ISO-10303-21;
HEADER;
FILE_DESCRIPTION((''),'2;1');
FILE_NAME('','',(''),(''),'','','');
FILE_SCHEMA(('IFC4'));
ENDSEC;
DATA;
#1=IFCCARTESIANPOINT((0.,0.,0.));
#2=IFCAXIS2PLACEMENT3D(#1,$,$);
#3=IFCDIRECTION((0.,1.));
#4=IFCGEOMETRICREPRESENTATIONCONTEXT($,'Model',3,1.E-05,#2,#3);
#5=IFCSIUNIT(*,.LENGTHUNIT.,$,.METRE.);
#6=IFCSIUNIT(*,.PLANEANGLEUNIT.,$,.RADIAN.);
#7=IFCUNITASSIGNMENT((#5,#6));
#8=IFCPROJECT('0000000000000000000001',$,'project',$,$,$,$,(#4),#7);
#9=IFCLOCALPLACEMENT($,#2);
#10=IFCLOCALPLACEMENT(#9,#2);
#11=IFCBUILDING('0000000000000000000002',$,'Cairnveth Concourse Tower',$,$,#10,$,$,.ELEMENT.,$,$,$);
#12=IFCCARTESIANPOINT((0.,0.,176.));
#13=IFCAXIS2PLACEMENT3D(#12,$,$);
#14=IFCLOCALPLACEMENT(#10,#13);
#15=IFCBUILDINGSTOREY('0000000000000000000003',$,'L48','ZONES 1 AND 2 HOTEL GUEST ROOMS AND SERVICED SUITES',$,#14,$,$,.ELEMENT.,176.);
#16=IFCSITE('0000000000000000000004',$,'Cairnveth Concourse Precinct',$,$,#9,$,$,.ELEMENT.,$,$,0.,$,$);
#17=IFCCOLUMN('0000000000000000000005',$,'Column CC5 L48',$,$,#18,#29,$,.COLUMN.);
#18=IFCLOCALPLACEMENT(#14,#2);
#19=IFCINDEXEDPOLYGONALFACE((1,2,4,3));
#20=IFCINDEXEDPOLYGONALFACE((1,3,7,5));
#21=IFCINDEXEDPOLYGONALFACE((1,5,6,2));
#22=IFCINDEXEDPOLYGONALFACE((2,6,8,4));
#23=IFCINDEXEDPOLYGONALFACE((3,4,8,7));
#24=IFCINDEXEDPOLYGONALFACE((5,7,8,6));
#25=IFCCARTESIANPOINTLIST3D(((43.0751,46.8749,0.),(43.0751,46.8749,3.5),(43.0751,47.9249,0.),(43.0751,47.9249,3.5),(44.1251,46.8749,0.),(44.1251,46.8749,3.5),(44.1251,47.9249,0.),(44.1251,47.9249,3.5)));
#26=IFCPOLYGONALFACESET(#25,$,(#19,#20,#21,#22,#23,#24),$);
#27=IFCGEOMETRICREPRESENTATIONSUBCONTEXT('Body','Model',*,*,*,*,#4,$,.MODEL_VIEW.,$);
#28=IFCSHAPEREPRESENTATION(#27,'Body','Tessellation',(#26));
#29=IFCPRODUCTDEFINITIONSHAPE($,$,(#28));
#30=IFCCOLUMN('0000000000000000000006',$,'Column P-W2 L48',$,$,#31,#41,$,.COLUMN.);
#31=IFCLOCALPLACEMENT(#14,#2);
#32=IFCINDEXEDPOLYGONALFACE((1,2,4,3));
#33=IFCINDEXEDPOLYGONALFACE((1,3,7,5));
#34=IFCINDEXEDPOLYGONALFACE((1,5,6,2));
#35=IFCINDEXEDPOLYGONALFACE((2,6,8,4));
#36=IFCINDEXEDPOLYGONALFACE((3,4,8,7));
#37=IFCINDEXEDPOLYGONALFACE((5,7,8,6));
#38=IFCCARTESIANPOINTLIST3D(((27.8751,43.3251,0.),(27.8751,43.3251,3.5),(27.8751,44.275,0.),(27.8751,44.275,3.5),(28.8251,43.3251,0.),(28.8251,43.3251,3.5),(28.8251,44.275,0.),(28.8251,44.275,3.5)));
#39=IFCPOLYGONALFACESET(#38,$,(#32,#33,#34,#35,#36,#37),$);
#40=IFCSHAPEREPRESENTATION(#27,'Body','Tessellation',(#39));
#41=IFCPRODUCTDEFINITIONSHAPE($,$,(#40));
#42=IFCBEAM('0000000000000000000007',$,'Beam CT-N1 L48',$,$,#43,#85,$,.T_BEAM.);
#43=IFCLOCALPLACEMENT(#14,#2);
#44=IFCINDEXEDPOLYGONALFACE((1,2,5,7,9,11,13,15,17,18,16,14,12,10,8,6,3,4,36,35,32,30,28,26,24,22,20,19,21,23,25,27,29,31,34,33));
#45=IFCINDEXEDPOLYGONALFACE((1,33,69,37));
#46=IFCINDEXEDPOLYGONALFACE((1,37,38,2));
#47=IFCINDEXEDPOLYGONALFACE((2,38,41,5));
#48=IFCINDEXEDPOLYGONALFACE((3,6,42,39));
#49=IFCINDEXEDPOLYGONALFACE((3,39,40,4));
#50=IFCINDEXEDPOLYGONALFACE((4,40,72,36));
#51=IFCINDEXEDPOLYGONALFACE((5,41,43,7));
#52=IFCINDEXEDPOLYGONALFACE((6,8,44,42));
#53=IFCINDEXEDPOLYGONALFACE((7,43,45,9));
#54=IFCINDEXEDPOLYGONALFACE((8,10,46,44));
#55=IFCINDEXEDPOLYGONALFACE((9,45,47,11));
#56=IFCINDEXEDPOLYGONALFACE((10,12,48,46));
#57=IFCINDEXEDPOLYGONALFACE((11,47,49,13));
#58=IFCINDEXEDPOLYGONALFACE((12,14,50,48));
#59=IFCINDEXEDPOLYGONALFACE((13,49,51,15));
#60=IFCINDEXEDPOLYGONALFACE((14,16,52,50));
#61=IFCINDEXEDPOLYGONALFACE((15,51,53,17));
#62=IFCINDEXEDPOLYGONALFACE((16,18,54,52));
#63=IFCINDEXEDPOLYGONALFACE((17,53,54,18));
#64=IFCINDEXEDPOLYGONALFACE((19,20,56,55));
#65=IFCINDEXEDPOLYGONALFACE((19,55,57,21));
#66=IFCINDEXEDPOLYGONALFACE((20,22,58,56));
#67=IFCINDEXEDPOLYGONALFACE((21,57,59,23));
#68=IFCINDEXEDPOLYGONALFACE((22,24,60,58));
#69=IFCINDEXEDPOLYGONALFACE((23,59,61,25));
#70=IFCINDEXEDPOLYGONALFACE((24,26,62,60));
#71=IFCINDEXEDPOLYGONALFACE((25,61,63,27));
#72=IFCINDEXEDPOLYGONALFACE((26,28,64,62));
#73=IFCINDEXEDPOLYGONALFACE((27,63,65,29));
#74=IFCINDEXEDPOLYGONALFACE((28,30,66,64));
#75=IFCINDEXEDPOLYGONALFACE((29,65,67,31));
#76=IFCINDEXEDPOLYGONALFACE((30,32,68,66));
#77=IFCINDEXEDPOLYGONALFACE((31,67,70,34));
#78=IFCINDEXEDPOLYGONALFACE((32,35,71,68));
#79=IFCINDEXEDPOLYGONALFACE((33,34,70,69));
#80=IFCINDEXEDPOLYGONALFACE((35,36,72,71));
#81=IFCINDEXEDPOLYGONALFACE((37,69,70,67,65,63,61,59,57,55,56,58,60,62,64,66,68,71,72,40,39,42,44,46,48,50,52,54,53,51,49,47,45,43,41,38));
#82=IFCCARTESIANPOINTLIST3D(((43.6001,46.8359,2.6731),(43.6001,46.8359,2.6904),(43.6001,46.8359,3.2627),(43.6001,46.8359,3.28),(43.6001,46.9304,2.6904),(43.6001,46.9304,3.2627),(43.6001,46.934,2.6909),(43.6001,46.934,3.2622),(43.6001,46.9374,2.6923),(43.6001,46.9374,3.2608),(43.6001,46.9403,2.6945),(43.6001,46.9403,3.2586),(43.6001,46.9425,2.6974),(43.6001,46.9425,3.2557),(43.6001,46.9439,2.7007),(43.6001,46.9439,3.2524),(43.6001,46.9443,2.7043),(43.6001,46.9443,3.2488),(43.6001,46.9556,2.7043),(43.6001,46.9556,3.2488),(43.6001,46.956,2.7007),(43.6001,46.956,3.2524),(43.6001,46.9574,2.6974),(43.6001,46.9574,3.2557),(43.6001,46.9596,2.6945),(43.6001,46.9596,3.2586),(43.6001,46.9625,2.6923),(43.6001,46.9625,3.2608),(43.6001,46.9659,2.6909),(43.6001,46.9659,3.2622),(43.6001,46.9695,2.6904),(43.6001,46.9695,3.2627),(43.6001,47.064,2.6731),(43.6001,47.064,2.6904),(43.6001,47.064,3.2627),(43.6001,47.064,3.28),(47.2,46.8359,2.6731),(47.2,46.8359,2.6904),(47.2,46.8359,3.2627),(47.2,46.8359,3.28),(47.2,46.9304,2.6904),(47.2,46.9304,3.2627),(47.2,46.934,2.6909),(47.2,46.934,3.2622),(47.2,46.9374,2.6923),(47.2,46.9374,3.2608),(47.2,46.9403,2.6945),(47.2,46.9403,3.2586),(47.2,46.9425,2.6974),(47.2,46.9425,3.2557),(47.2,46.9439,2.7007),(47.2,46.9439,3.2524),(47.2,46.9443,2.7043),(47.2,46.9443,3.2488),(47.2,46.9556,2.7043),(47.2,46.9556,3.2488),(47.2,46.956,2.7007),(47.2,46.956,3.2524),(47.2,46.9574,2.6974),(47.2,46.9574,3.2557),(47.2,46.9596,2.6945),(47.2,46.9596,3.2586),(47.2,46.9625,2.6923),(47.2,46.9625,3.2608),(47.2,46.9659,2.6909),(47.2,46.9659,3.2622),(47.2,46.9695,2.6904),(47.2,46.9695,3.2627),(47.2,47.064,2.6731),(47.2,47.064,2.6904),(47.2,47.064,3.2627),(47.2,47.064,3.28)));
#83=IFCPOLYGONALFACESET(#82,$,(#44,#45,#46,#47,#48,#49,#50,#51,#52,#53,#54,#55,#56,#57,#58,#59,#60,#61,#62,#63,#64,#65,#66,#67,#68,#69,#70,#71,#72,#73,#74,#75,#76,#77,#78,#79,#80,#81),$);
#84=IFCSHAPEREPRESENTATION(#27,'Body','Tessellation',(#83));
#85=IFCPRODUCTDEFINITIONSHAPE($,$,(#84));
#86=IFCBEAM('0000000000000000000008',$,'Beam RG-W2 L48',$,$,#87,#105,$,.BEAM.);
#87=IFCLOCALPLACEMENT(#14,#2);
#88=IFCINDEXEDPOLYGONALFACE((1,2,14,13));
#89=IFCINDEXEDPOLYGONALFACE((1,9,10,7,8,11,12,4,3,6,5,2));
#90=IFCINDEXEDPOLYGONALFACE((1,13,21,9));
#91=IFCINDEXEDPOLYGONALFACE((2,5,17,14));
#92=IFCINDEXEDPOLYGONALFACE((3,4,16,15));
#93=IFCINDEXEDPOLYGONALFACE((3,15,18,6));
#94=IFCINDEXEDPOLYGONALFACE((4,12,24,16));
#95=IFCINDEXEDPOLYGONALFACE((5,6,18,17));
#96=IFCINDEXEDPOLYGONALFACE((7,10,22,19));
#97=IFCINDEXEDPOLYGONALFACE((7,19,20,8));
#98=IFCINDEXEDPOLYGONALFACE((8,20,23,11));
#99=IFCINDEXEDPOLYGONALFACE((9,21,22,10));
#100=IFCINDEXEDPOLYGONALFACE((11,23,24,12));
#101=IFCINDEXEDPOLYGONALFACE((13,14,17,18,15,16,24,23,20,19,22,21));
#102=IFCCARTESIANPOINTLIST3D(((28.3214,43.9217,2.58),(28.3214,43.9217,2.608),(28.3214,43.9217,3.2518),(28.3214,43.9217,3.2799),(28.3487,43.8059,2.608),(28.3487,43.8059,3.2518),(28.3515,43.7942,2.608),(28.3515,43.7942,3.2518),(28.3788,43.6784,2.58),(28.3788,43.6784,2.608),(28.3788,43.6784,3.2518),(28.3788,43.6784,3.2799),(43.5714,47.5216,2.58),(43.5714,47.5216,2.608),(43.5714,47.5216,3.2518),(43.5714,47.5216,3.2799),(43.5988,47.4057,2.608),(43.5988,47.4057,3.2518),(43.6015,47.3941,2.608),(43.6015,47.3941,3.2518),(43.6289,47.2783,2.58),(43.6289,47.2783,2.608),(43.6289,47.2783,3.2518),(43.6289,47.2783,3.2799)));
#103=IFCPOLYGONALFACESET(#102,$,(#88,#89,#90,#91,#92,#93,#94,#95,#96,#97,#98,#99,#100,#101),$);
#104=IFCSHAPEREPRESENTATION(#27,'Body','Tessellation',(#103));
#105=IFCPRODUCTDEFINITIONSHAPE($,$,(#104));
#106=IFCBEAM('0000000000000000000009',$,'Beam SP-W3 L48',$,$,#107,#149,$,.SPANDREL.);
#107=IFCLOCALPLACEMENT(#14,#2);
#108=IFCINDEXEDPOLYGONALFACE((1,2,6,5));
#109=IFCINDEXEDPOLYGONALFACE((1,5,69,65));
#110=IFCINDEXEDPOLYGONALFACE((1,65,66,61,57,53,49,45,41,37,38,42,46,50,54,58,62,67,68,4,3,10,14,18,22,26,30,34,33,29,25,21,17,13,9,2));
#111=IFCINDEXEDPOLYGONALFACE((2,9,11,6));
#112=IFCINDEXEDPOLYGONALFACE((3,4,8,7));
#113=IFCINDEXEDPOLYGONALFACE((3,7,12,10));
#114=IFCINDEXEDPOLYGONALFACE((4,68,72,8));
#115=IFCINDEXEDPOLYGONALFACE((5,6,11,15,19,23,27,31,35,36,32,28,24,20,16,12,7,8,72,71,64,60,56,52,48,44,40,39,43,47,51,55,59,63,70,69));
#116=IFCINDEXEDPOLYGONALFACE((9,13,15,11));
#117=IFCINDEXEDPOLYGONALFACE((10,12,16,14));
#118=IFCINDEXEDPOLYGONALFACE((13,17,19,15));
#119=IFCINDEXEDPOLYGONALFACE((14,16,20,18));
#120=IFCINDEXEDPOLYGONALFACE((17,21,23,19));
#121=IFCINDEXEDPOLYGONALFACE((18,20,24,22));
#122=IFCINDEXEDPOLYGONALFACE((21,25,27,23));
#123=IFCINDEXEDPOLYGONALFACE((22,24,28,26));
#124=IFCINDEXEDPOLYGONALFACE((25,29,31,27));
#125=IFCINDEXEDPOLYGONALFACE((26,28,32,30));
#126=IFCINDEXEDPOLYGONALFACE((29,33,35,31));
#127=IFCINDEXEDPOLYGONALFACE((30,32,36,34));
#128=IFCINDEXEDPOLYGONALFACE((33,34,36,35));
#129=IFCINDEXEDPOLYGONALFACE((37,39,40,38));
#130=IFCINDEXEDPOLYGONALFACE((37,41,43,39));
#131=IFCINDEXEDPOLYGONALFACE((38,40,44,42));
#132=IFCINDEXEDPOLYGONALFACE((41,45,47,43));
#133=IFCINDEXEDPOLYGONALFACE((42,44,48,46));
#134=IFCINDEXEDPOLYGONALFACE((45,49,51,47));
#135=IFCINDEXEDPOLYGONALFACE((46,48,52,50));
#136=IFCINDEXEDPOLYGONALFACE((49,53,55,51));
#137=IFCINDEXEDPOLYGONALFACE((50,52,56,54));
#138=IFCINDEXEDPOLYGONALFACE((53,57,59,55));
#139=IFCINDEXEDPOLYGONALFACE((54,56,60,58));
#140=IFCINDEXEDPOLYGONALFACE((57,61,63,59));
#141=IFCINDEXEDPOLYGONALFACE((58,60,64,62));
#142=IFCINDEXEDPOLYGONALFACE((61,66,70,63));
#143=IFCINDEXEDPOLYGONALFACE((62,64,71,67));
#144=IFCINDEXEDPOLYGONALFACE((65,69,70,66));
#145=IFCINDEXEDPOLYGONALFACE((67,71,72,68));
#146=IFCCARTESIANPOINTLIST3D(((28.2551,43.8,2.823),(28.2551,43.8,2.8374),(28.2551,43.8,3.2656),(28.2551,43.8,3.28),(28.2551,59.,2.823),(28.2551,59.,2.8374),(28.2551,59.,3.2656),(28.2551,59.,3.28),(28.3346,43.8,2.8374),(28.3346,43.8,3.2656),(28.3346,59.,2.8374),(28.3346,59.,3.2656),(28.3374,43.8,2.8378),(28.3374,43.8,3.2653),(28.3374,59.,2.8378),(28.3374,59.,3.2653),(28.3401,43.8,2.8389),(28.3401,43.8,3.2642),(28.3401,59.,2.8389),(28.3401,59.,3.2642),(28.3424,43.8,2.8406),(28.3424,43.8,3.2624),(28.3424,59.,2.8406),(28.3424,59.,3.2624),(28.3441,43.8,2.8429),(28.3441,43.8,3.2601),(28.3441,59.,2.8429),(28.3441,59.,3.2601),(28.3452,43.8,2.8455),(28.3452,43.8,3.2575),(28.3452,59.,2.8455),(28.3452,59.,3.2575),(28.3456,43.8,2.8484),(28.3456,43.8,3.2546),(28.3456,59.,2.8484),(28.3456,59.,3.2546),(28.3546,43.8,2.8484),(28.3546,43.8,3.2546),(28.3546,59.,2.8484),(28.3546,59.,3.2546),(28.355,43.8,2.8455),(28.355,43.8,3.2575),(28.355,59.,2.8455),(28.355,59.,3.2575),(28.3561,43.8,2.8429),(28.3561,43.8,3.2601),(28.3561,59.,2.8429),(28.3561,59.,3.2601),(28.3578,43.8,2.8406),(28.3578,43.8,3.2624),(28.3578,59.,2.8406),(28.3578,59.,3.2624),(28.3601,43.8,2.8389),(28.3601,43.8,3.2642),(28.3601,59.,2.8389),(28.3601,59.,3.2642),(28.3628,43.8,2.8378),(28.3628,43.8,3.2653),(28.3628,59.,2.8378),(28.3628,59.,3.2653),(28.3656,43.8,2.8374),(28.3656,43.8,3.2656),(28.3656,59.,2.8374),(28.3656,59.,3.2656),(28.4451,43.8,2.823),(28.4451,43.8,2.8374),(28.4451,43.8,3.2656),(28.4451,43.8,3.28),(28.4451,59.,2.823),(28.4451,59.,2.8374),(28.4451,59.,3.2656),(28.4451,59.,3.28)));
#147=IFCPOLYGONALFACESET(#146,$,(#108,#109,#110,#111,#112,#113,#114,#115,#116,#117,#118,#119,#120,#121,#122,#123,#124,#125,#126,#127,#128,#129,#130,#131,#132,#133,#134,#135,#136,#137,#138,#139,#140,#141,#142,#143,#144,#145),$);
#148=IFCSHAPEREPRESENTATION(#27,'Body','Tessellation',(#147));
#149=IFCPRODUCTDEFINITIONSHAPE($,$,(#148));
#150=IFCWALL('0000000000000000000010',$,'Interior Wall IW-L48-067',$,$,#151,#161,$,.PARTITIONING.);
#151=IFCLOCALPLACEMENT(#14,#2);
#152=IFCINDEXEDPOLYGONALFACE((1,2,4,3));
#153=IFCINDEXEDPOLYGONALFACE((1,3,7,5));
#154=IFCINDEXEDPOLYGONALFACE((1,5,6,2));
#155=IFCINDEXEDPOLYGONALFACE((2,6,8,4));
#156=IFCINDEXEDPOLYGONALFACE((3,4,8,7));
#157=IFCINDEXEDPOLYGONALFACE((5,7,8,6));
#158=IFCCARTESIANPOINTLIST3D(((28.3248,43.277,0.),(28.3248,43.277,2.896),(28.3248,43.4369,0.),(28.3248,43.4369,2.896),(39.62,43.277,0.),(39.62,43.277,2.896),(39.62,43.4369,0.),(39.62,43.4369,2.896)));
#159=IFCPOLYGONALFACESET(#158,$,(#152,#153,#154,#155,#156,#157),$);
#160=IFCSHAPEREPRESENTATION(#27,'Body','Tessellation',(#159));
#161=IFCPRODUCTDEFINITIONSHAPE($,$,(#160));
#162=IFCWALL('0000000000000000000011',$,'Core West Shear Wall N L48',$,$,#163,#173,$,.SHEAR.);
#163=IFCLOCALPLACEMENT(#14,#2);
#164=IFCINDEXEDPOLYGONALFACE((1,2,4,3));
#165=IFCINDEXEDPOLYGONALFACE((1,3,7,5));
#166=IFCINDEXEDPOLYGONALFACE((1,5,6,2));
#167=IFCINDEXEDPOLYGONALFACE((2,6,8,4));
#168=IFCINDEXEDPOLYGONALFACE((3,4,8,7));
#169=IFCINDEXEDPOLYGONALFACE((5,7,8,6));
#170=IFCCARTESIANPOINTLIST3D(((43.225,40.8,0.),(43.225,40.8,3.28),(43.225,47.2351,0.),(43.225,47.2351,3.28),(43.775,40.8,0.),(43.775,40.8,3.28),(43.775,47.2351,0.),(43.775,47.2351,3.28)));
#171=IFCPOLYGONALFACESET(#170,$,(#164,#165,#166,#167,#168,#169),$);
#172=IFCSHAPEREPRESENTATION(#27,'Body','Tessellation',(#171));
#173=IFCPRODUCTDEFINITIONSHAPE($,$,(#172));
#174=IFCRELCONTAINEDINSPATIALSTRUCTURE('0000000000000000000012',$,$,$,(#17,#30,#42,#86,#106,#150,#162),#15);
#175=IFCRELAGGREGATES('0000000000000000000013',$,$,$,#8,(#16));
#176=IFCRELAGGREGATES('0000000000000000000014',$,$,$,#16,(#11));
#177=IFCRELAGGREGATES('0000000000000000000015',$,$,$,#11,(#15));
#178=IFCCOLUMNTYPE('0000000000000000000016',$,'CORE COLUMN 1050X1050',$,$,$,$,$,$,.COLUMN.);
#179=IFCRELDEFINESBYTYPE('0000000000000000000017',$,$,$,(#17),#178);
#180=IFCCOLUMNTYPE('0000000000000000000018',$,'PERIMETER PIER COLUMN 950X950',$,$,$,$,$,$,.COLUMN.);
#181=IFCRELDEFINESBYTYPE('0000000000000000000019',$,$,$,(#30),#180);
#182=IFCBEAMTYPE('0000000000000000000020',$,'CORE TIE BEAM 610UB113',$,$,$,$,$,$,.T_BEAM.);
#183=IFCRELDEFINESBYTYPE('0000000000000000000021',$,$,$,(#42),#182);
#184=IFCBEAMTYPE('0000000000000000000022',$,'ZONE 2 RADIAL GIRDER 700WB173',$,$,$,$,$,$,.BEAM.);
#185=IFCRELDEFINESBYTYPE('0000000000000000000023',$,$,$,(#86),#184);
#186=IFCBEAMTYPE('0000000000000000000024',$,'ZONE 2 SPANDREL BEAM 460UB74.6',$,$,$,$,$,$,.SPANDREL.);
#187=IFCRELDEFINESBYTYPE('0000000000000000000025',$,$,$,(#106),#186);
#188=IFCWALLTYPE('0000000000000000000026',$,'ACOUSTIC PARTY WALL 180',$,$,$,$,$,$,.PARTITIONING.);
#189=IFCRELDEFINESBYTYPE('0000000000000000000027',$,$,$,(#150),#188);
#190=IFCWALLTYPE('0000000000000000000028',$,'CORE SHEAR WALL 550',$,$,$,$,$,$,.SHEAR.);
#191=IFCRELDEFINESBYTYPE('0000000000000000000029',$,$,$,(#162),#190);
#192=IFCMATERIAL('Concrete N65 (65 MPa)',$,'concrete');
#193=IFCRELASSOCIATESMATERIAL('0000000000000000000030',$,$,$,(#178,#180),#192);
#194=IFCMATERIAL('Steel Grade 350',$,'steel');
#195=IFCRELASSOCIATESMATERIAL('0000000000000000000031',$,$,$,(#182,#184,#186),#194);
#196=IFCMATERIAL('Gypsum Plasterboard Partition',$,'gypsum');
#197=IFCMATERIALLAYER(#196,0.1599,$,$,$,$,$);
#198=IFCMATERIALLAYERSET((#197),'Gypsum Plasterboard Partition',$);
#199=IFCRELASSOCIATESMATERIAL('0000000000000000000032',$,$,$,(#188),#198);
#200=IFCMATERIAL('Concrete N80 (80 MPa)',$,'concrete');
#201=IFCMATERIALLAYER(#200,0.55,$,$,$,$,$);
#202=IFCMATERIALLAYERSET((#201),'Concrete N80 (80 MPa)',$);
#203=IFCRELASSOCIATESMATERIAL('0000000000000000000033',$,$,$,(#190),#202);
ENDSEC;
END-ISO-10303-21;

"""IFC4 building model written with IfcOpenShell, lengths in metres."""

from ifc_helpers import new_model, si_unit, direction, frame, frame_2d, origin, origin_2d, place, context, subcontext, project, spatial, rectangle, i_section, extrude, material, layer, layer_set, material_profile, profile_set, type_object, element, save


model = new_model("IFC4")

# Units and contexts
model_context = context("Model", 3, precision=1e-05, world=origin(), true_north=direction((0.0, 1.0)))
body_context = subcontext(model_context, "Body", "Model", "MODEL_VIEW")
ifc_project = project(units=[si_unit("LENGTHUNIT", "METRE"), si_unit("PLANEANGLEUNIT", "RADIAN")], contexts=[model_context])

# Site, building, storey
site_placement = place(None, origin())
site = spatial("IfcSite", under=ifc_project, at=site_placement, Name="Cairnveth Concourse Precinct", CompositionType="ELEMENT", RefElevation=0.0)
building_placement = place(site_placement, origin())
building = spatial("IfcBuilding", under=site, at=building_placement, Name="Cairnveth Concourse Tower", CompositionType="ELEMENT")
storey_placement = place(building_placement, frame((0.0, 0.0, 176.0)))
storey = spatial("IfcBuildingStorey", under=building, at=storey_placement, Name="L48", Description="ZONES 1 AND 2 HOTEL GUEST ROOMS AND SERVICED SUITES", CompositionType="ELEMENT", Elevation=176.0)

# Columns
ifc_material_1 = material(Name="Concrete N65 (65 MPa)", Category="concrete")
ifc_material_profile_1 = material_profile(ifc_material_1, rectangle(XDim=1.05, YDim=1.05, at=origin_2d()), Name="RC-COL-1050x1050")
ifc_profile_set_1 = profile_set([ifc_material_profile_1], Name="Concrete N65 (65 MPa)")
column_type_1 = type_object("IfcColumnType", Name="CORE COLUMN 1050X1050", PredefinedType="COLUMN", material=ifc_profile_set_1)
column_1_placement = place(storey_placement, frame((43.6001, 47.3999, 0.0), z_axis=(0.0, 0.0, 1.0), x_axis=(1.0, 0.0, 0.0)))
element("IfcColumn", 1, at=column_1_placement, inside=storey, type_object=column_type_1, Name="Column CC5 L48", PredefinedType="COLUMN", context=body_context, shape_type="SweptSolid", body=[
    extrude(rectangle(XDim=1.05, YDim=1.05, at=origin_2d()), origin(), (0.0, 0.0, 1.0), 3.5),
])
ifc_material_profile_2 = material_profile(ifc_material_1, rectangle(XDim=0.95, YDim=0.95, at=origin_2d()), Name="RC-COL-950x950")
ifc_profile_set_2 = profile_set([ifc_material_profile_2], Name="Concrete N65 (65 MPa)")
column_type_2 = type_object("IfcColumnType", Name="PERIMETER PIER COLUMN 950X950", PredefinedType="COLUMN", material=ifc_profile_set_2)
column_2_placement = place(storey_placement, frame((28.3501, 43.8, 0.0), z_axis=(0.0, 0.0, 1.0), x_axis=(0.0, 1.0, 0.0)))
element("IfcColumn", 2, at=column_2_placement, inside=storey, type_object=column_type_2, Name="Column P-W2 L48", PredefinedType="COLUMN", context=body_context, shape_type="SweptSolid", body=[
    extrude(rectangle(XDim=0.95, YDim=0.95, at=origin_2d()), origin(), (0.0, 0.0, 1.0), 3.5),
])

# Beams
ifc_material_2 = material(Name="Steel Grade 350", Category="steel")
ifc_material_profile_3 = material_profile(ifc_material_2, i_section(OverallWidth=0.228, OverallDepth=0.6069, WebThickness=0.0112, FlangeThickness=0.0173, FilletRadius=0.0139, at=origin_2d()), Name="610UB113")
ifc_profile_set_3 = profile_set([ifc_material_profile_3], Name="Steel Grade 350")
beam_type_1 = type_object("IfcBeamType", Name="CORE TIE BEAM 610UB113", PredefinedType="T_BEAM", material=ifc_profile_set_3)
beam_1_placement = place(storey_placement, frame((43.6001, 46.95, 2.9766), z_axis=(1.0, 0.0, 0.0), x_axis=(0.0, 1.0, 0.0)))
element("IfcBeam", 3, at=beam_1_placement, inside=storey, type_object=beam_type_1, Name="Beam CT-N1 L48", PredefinedType="T_BEAM", context=body_context, shape_type="SweptSolid", body=[
    extrude(i_section(OverallWidth=0.228, OverallDepth=0.6069, WebThickness=0.0112, FlangeThickness=0.0173, FilletRadius=0.0139, at=origin_2d()), origin(), (0.0, 0.0, 1.0), 3.5999),
])
ifc_material_profile_4 = material_profile(ifc_material_2, i_section(OverallWidth=0.25, OverallDepth=0.7, WebThickness=0.012, FlangeThickness=0.0281, at=origin_2d()), Name="700WB173")
ifc_profile_set_4 = profile_set([ifc_material_profile_4], Name="Steel Grade 350")
beam_type_2 = type_object("IfcBeamType", Name="ZONE 2 RADIAL GIRDER 700WB173", PredefinedType="BEAM", material=ifc_profile_set_4)
beam_2_placement = place(storey_placement, frame((28.3501, 43.8, 2.9299), z_axis=(0.973252, 0.229742, 0.0), x_axis=(-0.229742, 0.973252, 0.0)))
element("IfcBeam", 4, at=beam_2_placement, inside=storey, type_object=beam_type_2, Name="Beam RG-W2 L48", PredefinedType="BEAM", context=body_context, shape_type="SweptSolid", body=[
    extrude(i_section(OverallWidth=0.25, OverallDepth=0.7, WebThickness=0.012, FlangeThickness=0.0281, at=origin_2d()), origin(), (0.0, 0.0, 1.0), 15.6692),
])
ifc_material_profile_5 = material_profile(ifc_material_2, i_section(OverallWidth=0.1899, OverallDepth=0.457, WebThickness=0.009, FlangeThickness=0.0144, FilletRadius=0.011, at=origin_2d()), Name="460UB74.6")
ifc_profile_set_5 = profile_set([ifc_material_profile_5], Name="Steel Grade 350")
beam_type_3 = type_object("IfcBeamType", Name="ZONE 2 SPANDREL BEAM 460UB74.6", PredefinedType="SPANDREL", material=ifc_profile_set_5)
beam_3_placement = place(storey_placement, frame((28.3501, 43.8, 3.0515), z_axis=(0.0, 1.0, 0.0), x_axis=(-1.0, 0.0, 0.0)))
element("IfcBeam", 5, at=beam_3_placement, inside=storey, type_object=beam_type_3, Name="Beam SP-W3 L48", PredefinedType="SPANDREL", context=body_context, shape_type="SweptSolid", body=[
    extrude(i_section(OverallWidth=0.1899, OverallDepth=0.457, WebThickness=0.009, FlangeThickness=0.0144, FilletRadius=0.011, at=origin_2d()), origin(), (0.0, 0.0, 1.0), 15.2),
])

# Walls
ifc_material_3 = material(Name="Gypsum Plasterboard Partition", Category="gypsum")
ifc_layer_1 = layer(ifc_material_3, 0.1599)
ifc_layer_set_1 = layer_set([ifc_layer_1], Name="Gypsum Plasterboard Partition")
wall_type_1 = type_object("IfcWallType", Name="ACOUSTIC PARTY WALL 180", PredefinedType="PARTITIONING", material=ifc_layer_set_1)
wall_1_placement = place(storey_placement, frame((28.325, 43.3569, 0.0), z_axis=(0.0, 0.0, 1.0), x_axis=(1.0, 0.0, 0.0)))
element("IfcWall", 6, at=wall_1_placement, inside=storey, type_object=wall_type_1, Name="Interior Wall IW-L48-067", PredefinedType="PARTITIONING", context=body_context, shape_type="SweptSolid", body=[
    extrude(rectangle(XDim=11.2952, YDim=0.1599, at=frame_2d((5.6475, 0.0))), origin(), (0.0, 0.0, 1.0), 2.896),
])
ifc_material_4 = material(Name="Concrete N80 (80 MPa)", Category="concrete")
ifc_layer_2 = layer(ifc_material_4, 0.55)
ifc_layer_set_2 = layer_set([ifc_layer_2], Name="Concrete N80 (80 MPa)")
wall_type_2 = type_object("IfcWallType", Name="CORE SHEAR WALL 550", PredefinedType="SHEAR", material=ifc_layer_set_2)
wall_2_placement = place(storey_placement, frame((43.5, 40.8, 0.0), z_axis=(0.0, 0.0, 1.0), x_axis=(0.0, 1.0, 0.0)))
element("IfcWall", 7, at=wall_2_placement, inside=storey, type_object=wall_type_2, Name="Core West Shear Wall N L48", PredefinedType="SHEAR", context=body_context, shape_type="SweptSolid", body=[
    extrude(rectangle(XDim=6.4351, YDim=0.55, at=frame_2d((3.2175, 0.0))), origin(), (0.0, 0.0, 1.0), 3.28),
])

save(model, "model.ifc")
